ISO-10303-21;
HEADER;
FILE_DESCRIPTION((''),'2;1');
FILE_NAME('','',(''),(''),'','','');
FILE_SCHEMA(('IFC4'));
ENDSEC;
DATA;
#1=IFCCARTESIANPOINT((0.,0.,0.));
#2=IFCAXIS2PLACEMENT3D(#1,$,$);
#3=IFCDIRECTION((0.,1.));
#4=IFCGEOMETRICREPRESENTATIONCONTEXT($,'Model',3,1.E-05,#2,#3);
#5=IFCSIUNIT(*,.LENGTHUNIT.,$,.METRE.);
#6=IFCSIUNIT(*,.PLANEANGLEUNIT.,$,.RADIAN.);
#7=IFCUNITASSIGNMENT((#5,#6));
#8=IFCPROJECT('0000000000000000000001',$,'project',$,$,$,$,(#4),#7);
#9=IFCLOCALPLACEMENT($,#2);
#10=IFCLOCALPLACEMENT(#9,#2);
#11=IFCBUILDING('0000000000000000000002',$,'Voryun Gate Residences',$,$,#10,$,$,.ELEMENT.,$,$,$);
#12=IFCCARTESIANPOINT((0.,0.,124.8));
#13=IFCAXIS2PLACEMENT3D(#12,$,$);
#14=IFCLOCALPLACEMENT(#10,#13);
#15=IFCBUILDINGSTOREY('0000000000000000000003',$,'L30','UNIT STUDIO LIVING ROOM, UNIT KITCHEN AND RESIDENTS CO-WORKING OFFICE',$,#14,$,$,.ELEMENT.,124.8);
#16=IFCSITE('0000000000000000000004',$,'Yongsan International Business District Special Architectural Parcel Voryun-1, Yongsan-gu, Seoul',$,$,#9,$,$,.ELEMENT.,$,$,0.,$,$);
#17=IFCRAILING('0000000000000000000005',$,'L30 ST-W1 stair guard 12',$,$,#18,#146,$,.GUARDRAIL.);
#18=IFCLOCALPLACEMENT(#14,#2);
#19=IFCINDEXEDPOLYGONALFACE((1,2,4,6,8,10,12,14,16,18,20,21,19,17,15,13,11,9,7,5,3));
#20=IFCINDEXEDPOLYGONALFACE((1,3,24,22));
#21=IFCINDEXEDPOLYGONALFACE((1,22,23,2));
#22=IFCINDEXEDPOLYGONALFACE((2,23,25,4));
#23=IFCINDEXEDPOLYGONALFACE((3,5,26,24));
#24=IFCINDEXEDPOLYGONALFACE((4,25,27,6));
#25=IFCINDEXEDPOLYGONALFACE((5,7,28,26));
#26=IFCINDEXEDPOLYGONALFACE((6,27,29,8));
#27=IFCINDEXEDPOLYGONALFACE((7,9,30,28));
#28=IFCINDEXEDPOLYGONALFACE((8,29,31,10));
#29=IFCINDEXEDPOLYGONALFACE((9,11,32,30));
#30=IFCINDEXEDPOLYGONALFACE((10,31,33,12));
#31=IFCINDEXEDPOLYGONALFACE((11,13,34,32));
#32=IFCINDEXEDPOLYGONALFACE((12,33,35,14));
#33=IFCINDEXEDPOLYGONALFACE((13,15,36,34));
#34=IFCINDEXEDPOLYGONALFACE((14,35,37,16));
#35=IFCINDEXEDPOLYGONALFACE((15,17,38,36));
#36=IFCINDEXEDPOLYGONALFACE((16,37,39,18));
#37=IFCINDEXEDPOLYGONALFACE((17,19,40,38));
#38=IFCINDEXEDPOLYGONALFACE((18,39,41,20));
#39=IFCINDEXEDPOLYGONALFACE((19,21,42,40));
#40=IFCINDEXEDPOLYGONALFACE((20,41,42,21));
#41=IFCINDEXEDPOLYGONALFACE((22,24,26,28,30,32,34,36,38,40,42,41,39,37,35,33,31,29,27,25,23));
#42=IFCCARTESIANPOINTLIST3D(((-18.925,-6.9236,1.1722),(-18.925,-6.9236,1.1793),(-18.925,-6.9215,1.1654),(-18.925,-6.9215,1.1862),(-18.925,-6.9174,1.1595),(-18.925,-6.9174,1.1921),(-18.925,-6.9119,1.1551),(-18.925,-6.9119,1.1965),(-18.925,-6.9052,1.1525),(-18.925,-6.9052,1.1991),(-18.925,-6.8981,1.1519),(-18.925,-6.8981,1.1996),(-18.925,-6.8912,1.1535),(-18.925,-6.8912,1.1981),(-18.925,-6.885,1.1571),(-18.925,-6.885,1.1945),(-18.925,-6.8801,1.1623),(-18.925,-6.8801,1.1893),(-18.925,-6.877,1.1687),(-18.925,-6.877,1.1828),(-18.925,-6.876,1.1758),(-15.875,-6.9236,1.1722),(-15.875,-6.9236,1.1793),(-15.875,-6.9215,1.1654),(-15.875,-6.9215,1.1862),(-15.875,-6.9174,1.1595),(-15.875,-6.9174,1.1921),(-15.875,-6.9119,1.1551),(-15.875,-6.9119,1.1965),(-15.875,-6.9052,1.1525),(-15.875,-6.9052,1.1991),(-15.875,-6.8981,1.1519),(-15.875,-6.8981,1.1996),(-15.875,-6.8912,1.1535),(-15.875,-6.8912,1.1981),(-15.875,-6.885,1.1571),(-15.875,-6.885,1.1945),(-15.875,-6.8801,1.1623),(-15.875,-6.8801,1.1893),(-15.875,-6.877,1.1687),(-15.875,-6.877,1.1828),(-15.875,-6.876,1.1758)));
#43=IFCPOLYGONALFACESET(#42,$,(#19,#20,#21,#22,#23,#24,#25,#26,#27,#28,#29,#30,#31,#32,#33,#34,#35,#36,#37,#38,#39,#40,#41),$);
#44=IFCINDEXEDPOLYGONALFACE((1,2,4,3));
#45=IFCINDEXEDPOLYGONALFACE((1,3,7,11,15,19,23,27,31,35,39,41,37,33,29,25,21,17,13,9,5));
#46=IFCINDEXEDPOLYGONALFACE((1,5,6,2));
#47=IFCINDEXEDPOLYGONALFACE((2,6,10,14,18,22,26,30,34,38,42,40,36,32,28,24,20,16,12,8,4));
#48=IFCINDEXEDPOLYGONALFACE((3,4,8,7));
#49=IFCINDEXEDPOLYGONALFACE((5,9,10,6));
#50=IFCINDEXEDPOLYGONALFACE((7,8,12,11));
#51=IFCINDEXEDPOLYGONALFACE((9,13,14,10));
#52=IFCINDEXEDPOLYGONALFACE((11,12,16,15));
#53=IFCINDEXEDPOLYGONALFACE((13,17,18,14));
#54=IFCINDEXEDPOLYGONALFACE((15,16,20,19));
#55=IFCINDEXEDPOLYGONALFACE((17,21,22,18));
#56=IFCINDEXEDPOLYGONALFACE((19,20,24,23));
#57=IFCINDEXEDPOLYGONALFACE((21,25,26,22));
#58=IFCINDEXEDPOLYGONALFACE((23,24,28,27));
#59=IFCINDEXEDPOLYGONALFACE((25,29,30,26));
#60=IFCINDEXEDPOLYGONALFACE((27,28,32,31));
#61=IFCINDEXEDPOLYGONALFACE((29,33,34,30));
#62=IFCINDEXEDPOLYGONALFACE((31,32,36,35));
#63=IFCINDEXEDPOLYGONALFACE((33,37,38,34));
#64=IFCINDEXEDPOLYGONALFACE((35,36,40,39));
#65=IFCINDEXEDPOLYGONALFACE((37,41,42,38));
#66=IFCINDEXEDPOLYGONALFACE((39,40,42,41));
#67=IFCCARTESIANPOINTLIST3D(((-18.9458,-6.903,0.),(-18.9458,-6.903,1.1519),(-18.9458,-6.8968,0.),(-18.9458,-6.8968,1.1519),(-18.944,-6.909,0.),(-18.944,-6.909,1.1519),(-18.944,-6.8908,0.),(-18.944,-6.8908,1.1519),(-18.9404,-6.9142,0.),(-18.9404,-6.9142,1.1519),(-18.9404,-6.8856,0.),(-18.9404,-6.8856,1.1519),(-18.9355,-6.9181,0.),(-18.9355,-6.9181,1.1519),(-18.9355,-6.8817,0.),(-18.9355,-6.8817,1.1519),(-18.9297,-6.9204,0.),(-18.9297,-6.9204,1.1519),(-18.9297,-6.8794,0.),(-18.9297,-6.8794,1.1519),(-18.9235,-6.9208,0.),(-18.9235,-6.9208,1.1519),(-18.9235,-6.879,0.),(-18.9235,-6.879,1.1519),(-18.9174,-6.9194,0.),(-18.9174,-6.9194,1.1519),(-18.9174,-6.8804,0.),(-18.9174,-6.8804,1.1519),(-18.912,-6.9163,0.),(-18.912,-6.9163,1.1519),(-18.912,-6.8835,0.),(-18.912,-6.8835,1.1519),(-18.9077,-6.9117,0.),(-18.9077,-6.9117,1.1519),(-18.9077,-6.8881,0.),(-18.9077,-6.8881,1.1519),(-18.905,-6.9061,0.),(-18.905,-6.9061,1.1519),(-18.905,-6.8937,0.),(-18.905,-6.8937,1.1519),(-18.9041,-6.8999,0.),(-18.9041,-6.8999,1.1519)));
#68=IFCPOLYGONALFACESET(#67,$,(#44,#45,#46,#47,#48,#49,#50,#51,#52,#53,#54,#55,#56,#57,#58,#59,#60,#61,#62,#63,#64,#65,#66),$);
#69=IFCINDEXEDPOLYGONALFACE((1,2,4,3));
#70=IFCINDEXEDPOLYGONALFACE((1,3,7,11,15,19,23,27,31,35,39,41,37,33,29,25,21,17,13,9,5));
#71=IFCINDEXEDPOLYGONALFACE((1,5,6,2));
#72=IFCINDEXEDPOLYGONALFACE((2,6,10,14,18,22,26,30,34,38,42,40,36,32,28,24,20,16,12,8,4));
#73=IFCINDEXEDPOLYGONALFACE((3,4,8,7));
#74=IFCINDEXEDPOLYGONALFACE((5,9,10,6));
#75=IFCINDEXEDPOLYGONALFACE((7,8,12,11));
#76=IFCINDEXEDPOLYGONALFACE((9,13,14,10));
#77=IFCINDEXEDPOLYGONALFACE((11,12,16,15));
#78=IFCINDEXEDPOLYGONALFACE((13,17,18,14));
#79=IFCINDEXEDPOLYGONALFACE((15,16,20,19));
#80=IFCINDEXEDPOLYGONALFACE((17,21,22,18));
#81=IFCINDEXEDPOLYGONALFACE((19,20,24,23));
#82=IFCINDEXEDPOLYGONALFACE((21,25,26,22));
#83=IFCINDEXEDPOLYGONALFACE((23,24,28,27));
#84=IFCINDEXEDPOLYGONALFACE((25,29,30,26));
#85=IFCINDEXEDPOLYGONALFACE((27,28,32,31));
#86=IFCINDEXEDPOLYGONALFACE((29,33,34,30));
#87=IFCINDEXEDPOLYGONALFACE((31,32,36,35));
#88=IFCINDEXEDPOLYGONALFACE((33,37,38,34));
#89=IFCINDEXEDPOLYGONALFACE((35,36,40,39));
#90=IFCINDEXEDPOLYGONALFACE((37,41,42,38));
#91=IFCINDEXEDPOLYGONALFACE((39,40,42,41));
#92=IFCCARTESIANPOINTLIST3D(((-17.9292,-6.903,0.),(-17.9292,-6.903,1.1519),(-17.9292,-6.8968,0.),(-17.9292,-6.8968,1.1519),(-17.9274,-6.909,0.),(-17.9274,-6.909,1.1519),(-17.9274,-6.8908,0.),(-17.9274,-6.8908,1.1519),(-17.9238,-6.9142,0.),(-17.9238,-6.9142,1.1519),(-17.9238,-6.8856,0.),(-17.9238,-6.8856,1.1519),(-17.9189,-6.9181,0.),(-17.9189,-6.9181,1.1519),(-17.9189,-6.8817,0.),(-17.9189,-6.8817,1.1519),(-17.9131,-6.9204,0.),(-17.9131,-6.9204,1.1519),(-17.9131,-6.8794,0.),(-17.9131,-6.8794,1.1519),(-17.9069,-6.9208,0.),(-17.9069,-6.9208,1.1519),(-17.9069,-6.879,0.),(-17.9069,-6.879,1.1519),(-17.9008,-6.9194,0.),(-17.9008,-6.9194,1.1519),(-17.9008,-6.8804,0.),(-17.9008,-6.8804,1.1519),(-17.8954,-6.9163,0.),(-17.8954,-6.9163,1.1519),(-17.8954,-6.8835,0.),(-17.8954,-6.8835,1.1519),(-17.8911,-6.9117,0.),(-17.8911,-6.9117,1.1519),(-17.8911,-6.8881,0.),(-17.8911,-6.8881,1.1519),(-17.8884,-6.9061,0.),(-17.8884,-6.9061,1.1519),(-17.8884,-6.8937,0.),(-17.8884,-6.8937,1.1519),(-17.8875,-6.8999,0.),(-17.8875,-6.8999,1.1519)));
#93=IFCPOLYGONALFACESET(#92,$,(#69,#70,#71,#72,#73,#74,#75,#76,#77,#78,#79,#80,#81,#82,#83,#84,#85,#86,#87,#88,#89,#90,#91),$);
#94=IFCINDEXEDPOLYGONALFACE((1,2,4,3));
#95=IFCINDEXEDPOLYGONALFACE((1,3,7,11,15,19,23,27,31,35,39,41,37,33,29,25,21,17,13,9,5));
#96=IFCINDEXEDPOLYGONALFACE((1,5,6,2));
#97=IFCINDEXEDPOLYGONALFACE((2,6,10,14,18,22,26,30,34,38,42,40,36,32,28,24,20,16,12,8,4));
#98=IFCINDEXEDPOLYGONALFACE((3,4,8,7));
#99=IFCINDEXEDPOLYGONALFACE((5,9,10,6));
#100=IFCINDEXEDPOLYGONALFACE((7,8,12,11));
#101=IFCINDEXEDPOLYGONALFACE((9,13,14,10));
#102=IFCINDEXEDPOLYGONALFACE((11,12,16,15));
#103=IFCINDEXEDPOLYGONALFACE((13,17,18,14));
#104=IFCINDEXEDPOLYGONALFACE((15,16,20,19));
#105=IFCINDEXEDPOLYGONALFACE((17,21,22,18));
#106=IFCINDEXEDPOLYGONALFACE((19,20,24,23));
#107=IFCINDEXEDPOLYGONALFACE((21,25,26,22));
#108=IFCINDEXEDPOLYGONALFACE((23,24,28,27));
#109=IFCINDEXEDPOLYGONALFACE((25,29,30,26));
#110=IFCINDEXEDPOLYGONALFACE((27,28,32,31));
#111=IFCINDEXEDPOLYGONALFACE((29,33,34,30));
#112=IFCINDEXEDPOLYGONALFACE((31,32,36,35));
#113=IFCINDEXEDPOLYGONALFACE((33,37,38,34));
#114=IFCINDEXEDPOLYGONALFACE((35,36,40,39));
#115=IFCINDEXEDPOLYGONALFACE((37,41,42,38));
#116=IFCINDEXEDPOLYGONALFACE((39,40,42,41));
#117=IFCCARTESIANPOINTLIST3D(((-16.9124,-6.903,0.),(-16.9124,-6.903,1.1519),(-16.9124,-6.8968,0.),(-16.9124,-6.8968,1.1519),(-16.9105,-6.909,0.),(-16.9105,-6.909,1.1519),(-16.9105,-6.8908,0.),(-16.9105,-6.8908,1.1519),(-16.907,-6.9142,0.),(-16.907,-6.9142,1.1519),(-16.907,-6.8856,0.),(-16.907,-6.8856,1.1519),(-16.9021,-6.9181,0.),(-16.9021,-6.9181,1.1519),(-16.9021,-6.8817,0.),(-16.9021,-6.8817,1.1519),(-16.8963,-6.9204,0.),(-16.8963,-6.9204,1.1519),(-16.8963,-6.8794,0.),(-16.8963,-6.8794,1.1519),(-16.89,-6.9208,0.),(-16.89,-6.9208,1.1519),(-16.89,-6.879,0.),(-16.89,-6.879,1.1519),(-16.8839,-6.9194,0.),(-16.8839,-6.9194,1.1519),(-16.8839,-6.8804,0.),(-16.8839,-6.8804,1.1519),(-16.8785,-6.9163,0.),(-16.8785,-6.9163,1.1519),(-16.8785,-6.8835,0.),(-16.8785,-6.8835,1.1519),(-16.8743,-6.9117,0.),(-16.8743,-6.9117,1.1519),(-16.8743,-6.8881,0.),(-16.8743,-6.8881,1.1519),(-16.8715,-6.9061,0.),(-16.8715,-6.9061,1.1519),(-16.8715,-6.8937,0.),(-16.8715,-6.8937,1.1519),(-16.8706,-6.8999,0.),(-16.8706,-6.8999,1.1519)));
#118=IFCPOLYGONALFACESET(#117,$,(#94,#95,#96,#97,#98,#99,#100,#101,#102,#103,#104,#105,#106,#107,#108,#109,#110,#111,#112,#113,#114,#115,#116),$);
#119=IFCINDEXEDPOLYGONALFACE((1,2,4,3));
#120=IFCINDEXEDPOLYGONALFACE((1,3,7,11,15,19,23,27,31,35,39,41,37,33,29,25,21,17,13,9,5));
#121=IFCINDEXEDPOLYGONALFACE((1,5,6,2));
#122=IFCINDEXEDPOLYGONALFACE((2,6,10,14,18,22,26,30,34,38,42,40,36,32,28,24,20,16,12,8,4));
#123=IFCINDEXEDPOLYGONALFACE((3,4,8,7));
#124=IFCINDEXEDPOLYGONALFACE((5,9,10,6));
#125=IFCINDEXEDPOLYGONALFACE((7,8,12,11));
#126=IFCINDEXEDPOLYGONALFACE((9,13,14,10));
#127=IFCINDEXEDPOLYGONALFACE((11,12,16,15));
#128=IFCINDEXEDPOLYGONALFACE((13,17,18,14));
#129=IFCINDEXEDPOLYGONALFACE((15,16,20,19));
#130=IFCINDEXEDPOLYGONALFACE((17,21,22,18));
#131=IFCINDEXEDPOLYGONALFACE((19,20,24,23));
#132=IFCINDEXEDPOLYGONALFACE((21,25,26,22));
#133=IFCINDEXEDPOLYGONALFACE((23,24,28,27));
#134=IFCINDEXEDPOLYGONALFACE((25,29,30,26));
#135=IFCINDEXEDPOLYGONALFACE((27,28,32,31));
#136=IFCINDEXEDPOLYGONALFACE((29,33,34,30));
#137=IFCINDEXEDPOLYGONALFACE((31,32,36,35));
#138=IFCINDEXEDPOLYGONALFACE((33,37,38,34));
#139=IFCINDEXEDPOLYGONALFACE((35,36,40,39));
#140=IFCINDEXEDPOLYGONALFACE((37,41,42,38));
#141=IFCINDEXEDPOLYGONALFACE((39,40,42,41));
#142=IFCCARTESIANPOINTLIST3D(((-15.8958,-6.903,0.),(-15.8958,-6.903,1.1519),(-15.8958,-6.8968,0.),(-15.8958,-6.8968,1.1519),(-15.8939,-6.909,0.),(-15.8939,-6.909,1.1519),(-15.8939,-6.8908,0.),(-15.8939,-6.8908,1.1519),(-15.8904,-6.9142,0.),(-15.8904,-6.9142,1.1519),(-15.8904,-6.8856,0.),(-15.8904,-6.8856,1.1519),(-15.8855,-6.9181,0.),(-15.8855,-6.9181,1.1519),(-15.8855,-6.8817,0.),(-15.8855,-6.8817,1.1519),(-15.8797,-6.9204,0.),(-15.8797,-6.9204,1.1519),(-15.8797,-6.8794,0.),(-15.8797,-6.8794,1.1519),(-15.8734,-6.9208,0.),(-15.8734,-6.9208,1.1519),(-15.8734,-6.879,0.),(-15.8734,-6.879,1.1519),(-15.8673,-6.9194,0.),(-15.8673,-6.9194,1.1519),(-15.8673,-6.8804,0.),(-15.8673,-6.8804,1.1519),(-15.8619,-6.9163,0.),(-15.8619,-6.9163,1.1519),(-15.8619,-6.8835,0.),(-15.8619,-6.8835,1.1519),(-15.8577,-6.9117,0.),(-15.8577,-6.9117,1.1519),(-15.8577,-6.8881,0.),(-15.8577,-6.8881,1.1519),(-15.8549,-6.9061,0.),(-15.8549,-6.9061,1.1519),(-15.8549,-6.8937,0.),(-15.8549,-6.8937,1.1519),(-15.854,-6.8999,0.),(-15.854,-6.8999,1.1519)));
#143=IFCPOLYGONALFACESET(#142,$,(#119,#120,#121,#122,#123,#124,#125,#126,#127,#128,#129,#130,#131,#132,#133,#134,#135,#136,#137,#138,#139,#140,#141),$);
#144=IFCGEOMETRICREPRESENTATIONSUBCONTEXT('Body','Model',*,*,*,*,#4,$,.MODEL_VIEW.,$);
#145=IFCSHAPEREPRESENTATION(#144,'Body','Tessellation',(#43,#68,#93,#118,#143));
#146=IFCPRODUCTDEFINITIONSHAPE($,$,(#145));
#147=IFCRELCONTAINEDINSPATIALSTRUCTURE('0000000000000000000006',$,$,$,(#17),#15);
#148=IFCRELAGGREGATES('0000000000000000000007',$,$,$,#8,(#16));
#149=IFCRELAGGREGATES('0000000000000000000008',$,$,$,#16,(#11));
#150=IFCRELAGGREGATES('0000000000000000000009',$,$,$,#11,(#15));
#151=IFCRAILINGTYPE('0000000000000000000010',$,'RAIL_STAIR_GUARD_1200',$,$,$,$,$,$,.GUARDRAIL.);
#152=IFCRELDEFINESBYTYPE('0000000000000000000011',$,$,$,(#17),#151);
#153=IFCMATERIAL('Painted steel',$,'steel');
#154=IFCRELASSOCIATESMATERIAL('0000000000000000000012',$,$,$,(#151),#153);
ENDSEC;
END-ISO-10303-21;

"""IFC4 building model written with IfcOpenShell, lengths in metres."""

from ifc_helpers import new_model, si_unit, direction, frame, origin, origin_2d, place, context, subcontext, project, spatial, circle, extrude, material, type_object, element, save


model = new_model("IFC4")

# Units and contexts
model_context = context("Model", 3, precision=1e-05, world=origin(), true_north=direction((0.0, 1.0)))
body_context = subcontext(model_context, "Body", "Model", "MODEL_VIEW")
ifc_project = project(units=[si_unit("LENGTHUNIT", "METRE"), si_unit("PLANEANGLEUNIT", "RADIAN")], contexts=[model_context])

# Site, building, storey
site_placement = place(None, origin())
site = spatial("IfcSite", under=ifc_project, at=site_placement, Name="Yongsan International Business District Special Architectural Parcel Voryun-1, Yongsan-gu, Seoul", CompositionType="ELEMENT", RefElevation=0.0)
building_placement = place(site_placement, origin())
building = spatial("IfcBuilding", under=site, at=building_placement, Name="Voryun Gate Residences", CompositionType="ELEMENT")
storey_placement = place(building_placement, frame((0.0, 0.0, 124.8)))
storey = spatial("IfcBuildingStorey", under=building, at=storey_placement, Name="L30", Description="UNIT STUDIO LIVING ROOM, UNIT KITCHEN AND RESIDENTS CO-WORKING OFFICE", CompositionType="ELEMENT", Elevation=124.8)

# Railing
ifc_material_1 = material(Name="Painted steel", Category="steel")
railing_type_1 = type_object("IfcRailingType", Name="RAIL_STAIR_GUARD_1200", PredefinedType="GUARDRAIL", material=ifc_material_1)
railing_1_placement = place(storey_placement, frame((-18.925, -6.8999, 0.0)))
element("IfcRailing", 1, at=railing_1_placement, inside=storey, type_object=railing_type_1, Name="L30 ST-W1 stair guard 12", PredefinedType="GUARDRAIL", context=body_context, shape_type="SweptSolid", body=[
    extrude(circle(Radius=0.0239, at=origin_2d()), frame((0.0, 0.0, 1.1758), z_axis=(1.0, 0.0, 0.0), x_axis=(0.0, 1.0, 0.0)), (0.0, 0.0, 1.0), 3.05),
    extrude(circle(Radius=0.021, at=origin_2d()), origin(), (0.0, 0.0, 1.0), 1.1519),
    extrude(circle(Radius=0.021, at=origin_2d()), frame((1.0166, 0.0, 0.0)), (0.0, 0.0, 1.0), 1.1519),
    extrude(circle(Radius=0.021, at=origin_2d()), frame((2.0334, 0.0, 0.0)), (0.0, 0.0, 1.0), 1.1519),
    extrude(circle(Radius=0.021, at=origin_2d()), frame((3.05, 0.0, 0.0)), (0.0, 0.0, 1.0), 1.1519),
])

save(model, "model.ifc")
